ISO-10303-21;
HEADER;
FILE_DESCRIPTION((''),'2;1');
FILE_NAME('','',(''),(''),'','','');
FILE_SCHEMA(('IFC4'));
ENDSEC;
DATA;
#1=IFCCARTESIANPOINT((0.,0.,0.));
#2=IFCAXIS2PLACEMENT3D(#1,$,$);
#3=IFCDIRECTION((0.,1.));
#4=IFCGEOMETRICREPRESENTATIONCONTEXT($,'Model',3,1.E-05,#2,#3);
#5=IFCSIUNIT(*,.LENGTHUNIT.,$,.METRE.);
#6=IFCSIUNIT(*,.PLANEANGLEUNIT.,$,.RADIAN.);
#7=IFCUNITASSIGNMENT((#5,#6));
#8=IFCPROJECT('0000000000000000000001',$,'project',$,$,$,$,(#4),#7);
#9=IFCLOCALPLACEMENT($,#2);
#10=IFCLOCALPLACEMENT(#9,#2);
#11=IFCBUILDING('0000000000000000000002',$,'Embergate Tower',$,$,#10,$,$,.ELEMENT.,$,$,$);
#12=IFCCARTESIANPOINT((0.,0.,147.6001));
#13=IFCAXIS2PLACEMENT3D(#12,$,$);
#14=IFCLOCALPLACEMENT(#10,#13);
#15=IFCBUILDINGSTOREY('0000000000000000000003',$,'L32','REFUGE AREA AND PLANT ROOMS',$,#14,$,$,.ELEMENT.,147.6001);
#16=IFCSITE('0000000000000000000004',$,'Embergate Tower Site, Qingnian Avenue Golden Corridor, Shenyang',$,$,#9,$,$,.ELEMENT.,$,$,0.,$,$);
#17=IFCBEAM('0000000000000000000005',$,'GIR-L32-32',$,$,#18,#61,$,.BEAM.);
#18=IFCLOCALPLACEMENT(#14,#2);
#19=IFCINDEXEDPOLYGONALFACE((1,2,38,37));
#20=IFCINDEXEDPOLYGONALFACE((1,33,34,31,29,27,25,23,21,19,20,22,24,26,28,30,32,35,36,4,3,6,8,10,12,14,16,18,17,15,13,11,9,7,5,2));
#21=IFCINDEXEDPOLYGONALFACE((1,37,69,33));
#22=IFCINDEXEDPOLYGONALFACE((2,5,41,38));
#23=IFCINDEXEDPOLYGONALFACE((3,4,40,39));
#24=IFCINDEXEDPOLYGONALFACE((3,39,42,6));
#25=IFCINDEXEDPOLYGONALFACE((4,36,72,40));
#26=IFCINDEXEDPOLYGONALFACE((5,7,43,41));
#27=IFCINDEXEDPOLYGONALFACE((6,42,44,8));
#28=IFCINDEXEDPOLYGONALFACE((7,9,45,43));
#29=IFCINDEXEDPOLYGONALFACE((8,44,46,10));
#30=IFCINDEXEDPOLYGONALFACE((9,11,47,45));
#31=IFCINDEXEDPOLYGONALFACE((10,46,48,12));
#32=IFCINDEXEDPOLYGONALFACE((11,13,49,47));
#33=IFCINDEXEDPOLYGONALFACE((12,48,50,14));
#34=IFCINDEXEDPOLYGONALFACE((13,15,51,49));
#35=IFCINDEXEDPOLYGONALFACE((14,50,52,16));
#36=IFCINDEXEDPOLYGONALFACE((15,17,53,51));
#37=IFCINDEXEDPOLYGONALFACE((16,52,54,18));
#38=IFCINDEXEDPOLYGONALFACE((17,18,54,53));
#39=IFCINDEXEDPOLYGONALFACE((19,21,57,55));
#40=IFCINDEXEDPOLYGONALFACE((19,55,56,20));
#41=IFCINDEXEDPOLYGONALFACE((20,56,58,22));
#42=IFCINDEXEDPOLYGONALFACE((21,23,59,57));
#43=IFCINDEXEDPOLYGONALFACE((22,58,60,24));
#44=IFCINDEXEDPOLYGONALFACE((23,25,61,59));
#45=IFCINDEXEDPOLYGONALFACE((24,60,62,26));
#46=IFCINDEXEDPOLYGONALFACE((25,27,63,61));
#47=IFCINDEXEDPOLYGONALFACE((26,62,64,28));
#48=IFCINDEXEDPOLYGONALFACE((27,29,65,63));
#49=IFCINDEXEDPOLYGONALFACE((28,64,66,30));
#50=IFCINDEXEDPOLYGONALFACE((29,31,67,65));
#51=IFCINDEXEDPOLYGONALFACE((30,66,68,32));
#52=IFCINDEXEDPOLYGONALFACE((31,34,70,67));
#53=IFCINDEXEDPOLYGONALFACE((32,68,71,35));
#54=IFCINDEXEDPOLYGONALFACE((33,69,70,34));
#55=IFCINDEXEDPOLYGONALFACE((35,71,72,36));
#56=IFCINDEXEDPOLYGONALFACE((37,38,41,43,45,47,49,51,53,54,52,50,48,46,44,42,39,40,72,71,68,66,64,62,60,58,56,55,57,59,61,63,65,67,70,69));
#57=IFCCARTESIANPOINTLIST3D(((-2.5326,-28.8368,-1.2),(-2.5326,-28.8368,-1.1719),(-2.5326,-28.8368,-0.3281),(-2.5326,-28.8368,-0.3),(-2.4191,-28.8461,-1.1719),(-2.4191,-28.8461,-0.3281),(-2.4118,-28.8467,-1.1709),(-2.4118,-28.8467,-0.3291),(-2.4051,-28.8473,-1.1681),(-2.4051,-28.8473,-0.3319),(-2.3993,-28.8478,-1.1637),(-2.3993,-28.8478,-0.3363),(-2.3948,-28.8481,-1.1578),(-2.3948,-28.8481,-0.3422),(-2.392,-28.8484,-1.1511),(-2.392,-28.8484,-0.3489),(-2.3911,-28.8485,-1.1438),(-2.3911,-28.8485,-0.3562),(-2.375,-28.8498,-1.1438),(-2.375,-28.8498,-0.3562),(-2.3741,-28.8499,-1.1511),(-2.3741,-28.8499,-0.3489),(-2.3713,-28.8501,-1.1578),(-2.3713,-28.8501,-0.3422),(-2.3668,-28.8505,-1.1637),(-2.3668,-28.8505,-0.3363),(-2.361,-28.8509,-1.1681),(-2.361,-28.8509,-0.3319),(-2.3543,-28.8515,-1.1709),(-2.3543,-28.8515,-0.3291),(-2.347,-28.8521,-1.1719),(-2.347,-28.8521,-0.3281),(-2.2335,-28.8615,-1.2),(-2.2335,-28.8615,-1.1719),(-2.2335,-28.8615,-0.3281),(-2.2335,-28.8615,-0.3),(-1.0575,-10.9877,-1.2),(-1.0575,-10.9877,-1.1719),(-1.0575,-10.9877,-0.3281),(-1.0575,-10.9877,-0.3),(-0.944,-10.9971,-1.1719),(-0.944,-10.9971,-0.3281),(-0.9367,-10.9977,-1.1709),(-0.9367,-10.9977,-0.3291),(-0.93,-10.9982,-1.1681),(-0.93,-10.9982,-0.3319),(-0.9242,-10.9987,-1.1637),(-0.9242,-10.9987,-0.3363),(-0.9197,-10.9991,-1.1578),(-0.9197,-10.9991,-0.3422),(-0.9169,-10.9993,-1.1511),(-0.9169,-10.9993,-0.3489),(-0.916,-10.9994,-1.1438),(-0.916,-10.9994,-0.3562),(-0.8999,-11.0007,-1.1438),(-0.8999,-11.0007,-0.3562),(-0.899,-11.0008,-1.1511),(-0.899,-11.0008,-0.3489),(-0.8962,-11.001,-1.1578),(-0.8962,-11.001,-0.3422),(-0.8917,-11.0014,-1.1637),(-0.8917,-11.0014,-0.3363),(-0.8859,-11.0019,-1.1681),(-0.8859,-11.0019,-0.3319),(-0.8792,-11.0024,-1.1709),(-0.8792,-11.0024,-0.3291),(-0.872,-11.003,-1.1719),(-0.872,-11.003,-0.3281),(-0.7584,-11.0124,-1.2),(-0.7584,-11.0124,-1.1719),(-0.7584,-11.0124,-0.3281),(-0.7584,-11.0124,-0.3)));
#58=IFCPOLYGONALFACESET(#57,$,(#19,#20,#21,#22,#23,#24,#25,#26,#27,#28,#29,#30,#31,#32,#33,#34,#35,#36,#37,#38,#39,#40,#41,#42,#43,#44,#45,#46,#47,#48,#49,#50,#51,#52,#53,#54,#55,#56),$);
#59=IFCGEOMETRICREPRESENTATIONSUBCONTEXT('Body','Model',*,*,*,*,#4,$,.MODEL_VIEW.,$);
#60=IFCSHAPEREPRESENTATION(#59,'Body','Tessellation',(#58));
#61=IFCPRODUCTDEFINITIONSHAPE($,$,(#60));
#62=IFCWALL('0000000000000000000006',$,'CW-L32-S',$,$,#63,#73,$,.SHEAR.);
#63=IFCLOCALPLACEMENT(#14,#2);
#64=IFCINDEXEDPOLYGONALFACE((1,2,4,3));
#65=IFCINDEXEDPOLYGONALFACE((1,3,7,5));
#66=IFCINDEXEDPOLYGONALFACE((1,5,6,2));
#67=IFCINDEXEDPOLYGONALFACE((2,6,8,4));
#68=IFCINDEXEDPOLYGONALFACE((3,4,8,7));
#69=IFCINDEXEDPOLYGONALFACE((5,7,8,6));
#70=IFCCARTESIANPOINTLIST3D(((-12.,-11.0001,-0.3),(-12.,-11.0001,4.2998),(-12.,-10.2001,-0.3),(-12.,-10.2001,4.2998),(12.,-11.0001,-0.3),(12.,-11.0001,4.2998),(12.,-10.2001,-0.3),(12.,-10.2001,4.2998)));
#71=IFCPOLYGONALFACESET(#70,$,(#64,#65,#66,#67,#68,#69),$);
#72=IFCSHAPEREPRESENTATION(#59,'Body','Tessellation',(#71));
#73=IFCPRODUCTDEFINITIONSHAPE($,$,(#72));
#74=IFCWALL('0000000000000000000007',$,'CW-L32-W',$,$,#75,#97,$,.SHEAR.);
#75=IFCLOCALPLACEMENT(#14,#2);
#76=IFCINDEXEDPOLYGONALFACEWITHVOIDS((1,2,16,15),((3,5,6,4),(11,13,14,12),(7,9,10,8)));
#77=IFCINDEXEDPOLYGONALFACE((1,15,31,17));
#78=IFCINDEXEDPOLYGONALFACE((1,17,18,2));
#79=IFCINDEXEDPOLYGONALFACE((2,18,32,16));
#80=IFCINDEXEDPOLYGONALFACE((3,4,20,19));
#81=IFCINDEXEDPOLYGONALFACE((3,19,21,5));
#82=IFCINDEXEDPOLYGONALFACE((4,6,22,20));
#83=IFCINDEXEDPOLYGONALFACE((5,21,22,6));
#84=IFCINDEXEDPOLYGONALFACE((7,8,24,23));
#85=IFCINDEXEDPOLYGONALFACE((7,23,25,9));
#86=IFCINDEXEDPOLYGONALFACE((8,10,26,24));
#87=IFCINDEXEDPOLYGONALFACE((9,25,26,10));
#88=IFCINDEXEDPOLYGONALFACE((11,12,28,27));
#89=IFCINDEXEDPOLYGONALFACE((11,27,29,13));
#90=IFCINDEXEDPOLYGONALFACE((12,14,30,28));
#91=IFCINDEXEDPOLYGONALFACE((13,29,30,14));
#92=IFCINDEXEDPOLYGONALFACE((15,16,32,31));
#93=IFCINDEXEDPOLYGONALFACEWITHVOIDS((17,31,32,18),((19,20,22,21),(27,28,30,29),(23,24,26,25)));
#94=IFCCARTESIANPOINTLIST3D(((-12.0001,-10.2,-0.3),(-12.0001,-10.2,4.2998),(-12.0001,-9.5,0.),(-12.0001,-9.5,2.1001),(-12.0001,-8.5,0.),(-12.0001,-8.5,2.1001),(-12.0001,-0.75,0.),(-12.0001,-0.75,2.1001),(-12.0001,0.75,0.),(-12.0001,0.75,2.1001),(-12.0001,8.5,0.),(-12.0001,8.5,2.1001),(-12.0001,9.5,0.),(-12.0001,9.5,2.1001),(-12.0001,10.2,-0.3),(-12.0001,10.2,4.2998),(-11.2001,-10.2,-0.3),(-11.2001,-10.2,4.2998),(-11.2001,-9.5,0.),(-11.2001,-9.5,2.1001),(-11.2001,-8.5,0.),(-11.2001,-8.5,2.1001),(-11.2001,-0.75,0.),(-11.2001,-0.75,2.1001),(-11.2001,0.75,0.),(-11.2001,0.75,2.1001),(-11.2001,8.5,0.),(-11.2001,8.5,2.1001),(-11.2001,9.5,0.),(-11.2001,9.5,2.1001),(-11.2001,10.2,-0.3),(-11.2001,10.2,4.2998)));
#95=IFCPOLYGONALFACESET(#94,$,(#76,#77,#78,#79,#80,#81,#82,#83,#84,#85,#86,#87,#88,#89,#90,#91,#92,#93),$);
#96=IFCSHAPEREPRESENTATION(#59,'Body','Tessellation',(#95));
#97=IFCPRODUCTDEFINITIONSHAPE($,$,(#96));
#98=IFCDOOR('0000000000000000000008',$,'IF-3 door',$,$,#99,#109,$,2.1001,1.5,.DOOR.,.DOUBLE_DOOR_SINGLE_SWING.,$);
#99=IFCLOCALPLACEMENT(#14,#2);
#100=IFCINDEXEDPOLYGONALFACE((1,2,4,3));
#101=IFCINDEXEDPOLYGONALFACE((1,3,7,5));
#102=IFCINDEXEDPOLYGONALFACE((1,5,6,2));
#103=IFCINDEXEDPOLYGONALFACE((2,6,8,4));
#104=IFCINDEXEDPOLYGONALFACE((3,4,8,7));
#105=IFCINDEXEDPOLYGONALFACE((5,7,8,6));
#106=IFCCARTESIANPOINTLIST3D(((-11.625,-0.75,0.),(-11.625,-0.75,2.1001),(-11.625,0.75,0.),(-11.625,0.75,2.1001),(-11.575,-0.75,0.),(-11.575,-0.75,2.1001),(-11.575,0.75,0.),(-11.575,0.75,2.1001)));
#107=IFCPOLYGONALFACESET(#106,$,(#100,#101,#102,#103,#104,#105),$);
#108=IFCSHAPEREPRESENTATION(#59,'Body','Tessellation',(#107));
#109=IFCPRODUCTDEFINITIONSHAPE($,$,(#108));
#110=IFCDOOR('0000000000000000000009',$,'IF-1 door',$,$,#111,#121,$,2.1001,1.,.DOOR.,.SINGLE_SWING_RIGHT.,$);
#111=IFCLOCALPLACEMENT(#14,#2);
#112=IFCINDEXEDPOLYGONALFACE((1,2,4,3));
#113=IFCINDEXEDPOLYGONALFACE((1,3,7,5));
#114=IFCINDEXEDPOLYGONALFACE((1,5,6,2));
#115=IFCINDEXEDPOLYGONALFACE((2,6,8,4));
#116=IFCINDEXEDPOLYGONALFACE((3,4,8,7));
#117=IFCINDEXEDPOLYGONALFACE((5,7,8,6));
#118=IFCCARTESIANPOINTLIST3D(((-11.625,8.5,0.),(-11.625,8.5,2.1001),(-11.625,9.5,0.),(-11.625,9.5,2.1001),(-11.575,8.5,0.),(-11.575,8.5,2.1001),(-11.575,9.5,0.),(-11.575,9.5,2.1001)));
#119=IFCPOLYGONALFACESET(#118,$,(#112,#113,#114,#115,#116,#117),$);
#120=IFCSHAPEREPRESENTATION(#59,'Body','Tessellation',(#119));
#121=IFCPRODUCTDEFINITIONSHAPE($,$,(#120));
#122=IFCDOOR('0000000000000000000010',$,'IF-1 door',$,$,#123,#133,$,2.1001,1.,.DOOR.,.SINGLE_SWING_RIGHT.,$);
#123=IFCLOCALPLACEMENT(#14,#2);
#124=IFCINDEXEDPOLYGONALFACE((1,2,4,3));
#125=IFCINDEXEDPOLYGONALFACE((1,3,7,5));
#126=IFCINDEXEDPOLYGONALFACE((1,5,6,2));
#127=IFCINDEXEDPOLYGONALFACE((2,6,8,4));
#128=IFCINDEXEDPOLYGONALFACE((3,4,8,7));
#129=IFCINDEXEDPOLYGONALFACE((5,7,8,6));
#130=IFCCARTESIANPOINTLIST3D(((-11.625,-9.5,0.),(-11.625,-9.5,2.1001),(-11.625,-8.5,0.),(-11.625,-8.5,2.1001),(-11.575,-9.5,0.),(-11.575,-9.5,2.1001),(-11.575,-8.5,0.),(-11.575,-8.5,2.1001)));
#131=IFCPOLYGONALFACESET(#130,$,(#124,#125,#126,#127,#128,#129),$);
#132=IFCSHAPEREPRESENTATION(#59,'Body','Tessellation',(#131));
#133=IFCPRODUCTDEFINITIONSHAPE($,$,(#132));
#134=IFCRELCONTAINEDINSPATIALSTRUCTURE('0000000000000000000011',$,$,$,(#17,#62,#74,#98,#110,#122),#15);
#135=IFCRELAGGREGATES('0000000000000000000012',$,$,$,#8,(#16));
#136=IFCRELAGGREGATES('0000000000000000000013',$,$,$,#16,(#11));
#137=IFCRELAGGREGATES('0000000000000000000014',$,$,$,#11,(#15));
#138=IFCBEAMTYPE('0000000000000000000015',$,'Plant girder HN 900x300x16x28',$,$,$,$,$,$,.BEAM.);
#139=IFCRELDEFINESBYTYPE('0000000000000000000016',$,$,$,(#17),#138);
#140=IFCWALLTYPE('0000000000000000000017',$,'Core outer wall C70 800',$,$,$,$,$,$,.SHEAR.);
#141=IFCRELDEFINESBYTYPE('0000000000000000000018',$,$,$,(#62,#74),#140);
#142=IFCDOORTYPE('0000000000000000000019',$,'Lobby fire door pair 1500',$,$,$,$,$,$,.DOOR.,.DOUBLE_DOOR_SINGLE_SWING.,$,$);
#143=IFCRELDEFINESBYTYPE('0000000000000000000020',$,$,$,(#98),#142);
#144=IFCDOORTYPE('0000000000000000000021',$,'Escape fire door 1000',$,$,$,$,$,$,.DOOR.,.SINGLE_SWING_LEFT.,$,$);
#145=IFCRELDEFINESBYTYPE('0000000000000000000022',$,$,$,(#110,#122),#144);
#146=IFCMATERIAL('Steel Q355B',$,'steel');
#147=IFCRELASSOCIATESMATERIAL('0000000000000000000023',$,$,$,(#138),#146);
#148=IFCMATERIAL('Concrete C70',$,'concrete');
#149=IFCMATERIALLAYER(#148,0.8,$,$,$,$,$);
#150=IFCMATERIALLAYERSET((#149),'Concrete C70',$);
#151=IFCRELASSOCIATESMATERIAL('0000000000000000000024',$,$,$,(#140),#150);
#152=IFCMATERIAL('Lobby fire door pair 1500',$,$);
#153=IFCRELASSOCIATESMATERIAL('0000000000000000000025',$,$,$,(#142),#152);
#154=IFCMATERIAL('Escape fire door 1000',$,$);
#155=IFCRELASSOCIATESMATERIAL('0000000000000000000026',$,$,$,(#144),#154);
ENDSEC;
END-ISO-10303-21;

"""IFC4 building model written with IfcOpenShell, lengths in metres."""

from ifc_helpers import new_model, si_unit, direction, frame, frame_2d, origin, origin_2d, place, context, subcontext, project, spatial, rectangle, i_section, extrude, source, transform, mapped, material, layer, layer_set, material_profile, profile_set, type_object, element, fill, save


model = new_model("IFC4")

# Units and contexts
model_context = context("Model", 3, precision=1e-05, world=origin(), true_north=direction((0.0, 1.0)))
body_context = subcontext(model_context, "Body", "Model", "MODEL_VIEW")
ifc_project = project(units=[si_unit("LENGTHUNIT", "METRE"), si_unit("PLANEANGLEUNIT", "RADIAN")], contexts=[model_context])

# Site, building, storey
site_placement = place(None, origin())
site = spatial("IfcSite", under=ifc_project, at=site_placement, Name="Embergate Tower Site, Qingnian Avenue Golden Corridor, Shenyang", CompositionType="ELEMENT", RefElevation=0.0)
building_placement = place(site_placement, origin())
building = spatial("IfcBuilding", under=site, at=building_placement, Name="Embergate Tower", CompositionType="ELEMENT")
storey_placement = place(building_placement, frame((0.0, 0.0, 147.6001)))
storey = spatial("IfcBuildingStorey", under=building, at=storey_placement, Name="L32", Description="REFUGE AREA AND PLANT ROOMS", CompositionType="ELEMENT", Elevation=147.6001)

# Shared definitions
ifc_material_1 = material(Name="Concrete C70", Category="concrete")

# Beam
ifc_material_2 = material(Name="Steel Q355B", Category="steel")
ifc_material_profile_1 = material_profile(ifc_material_2, i_section(OverallWidth=0.3, OverallDepth=0.8999, WebThickness=0.0161, FlangeThickness=0.0281, FilletRadius=0.0281, at=origin_2d()), Name="HN 900x300x16x28")
ifc_profile_set_1 = profile_set([ifc_material_profile_1], Name="Steel Q355 grade B")
beam_type_1 = type_object("IfcBeamType", Name="Plant girder HN 900x300x16x28", PredefinedType="BEAM", material=ifc_profile_set_1)
shared_shape_1 = source(origin(), body_context, "Body", "SweptSolid", [
    extrude(i_section(OverallWidth=0.3, OverallDepth=0.8999, WebThickness=0.0161, FlangeThickness=0.0281, FilletRadius=0.0281, at=origin_2d()), origin(), (0.0, 0.0, 1.0), 17.9099),
])
beam_1_placement = place(storey_placement, frame((-2.3831, -28.8491, -0.75), z_axis=(0.082362, 0.996602, 0.0), x_axis=(-0.996602, 0.082362, 0.0)))
element("IfcBeam", 1, at=beam_1_placement, inside=storey, type_object=beam_type_1, Name="GIR-L32-32", PredefinedType="BEAM", context=body_context, shape_type="MappedRepresentation", body=[
    mapped(shared_shape_1, transform((0.0, 0.0, 0.0))),
])

# Wall
ifc_layer_1 = layer(ifc_material_1, 0.8)
ifc_layer_set_1 = layer_set([ifc_layer_1], Name="Concrete C70")
wall_type_1 = type_object("IfcWallType", Name="Core outer wall C70 800", PredefinedType="SHEAR", material=ifc_layer_set_1)
shared_shape_2 = source(origin(), body_context, "Body", "SweptSolid", [
    extrude(rectangle(XDim=24.0, YDim=0.8, at=frame_2d((12.0, 0.0))), origin(), (0.0, 0.0, 1.0), 4.5999),
])
wall_1_placement = place(storey_placement, frame((-12.0, -10.6001, -0.3), z_axis=(0.0, 0.0, 1.0), x_axis=(1.0, 0.0, 0.0)))
element("IfcWall", 2, at=wall_1_placement, inside=storey, type_object=wall_type_1, Name="CW-L32-S", PredefinedType="SHEAR", context=body_context, shape_type="MappedRepresentation", body=[
    mapped(shared_shape_2, transform((0.0, 0.0, 0.0))),
])

# Wall, openings, doors
shared_shape_3 = source(origin(), body_context, "Body", "SweptSolid", [
    extrude(rectangle(XDim=20.3999, YDim=0.8, at=frame_2d((10.2, 0.0))), origin(), (0.0, 0.0, 1.0), 4.5999),
])
wall_2_placement = place(storey_placement, frame((-11.6001, -10.2, -0.3), z_axis=(0.0, 0.0, 1.0), x_axis=(0.0, 1.0, 0.0)))
wall_2 = element("IfcWall", 3, at=wall_2_placement, inside=storey, type_object=wall_type_1, Name="CW-L32-W", PredefinedType="SHEAR", context=body_context, shape_type="MappedRepresentation", body=[
    mapped(shared_shape_3, transform((0.0, 0.0, 0.0))),
])
shared_shape_4 = source(origin(), body_context, "Body", "SweptSolid", [
    extrude(rectangle(XDim=1.0, YDim=2.1001, at=frame_2d((0.5, 1.05))), frame((0.0, 0.4099, 0.0), z_axis=(0.0, -1.0, 0.0), x_axis=(1.0, 0.0, 0.0)), (0.0, 0.0, 1.0), 0.8201),
])
opening_1_placement = place(wall_2_placement, frame((18.7, 0.0, 0.3)))
opening_1 = element("IfcOpeningElement", 4, at=opening_1_placement, cuts=wall_2, PredefinedType="OPENING", context=body_context, shape_type="MappedRepresentation", body=[
    mapped(shared_shape_4, transform((0.0, 0.0, 0.0))),
])
opening_2_placement = place(wall_2_placement, frame((0.7, 0.0, 0.3)))
opening_2 = element("IfcOpeningElement", 5, at=opening_2_placement, cuts=wall_2, PredefinedType="OPENING", context=body_context, shape_type="MappedRepresentation", body=[
    mapped(shared_shape_4, transform((0.0, 0.0, 0.0))),
])
shared_shape_5 = source(origin(), body_context, "Body", "SweptSolid", [
    extrude(rectangle(XDim=1.5, YDim=2.1001, at=frame_2d((0.75, 1.05))), frame((0.0, 0.4099, 0.0), z_axis=(0.0, -1.0, 0.0), x_axis=(1.0, 0.0, 0.0)), (0.0, 0.0, 1.0), 0.8201),
])
opening_3_placement = place(wall_2_placement, frame((9.45, 0.0, 0.3)))
opening_3 = element("IfcOpeningElement", 6, at=opening_3_placement, cuts=wall_2, PredefinedType="OPENING", context=body_context, shape_type="MappedRepresentation", body=[
    mapped(shared_shape_5, transform((0.0, 0.0, 0.0))),
])
ifc_material_3 = material(Name="Lobby fire door pair 1500")
door_type_1 = type_object("IfcDoorType", Name="Lobby fire door pair 1500", OperationType="DOUBLE_DOOR_SINGLE_SWING", PredefinedType="DOOR", material=ifc_material_3)
shared_shape_6 = source(origin(), body_context, "Body", "SweptSolid", [
    extrude(rectangle(XDim=1.5, YDim=2.1001, at=frame_2d((0.75, 1.05))), frame((0.0, 0.0249, 0.0), z_axis=(0.0, -1.0, 0.0), x_axis=(1.0, 0.0, 0.0)), (0.0, 0.0, 1.0), 0.05),
])
door_1_placement = place(opening_3_placement, origin())
door_1 = element("IfcDoor", 7, at=door_1_placement, inside=storey, type_object=door_type_1, Name="IF-3 door", OperationType="DOUBLE_DOOR_SINGLE_SWING", OverallHeight=2.1001, OverallWidth=1.5, PredefinedType="DOOR", context=body_context, shape_type="MappedRepresentation", body=[
    mapped(shared_shape_6, transform((0.0, 0.0, 0.0))),
])
fill(opening_3, door_1)
ifc_material_4 = material(Name="Escape fire door 1000")
door_type_2 = type_object("IfcDoorType", Name="Escape fire door 1000", OperationType="SINGLE_SWING_LEFT", PredefinedType="DOOR", material=ifc_material_4)
shared_shape_7 = source(origin(), body_context, "Body", "SweptSolid", [
    extrude(rectangle(XDim=1.0, YDim=2.1001, at=frame_2d((0.5, 1.05))), frame((0.0, 0.0249, 0.0), z_axis=(0.0, -1.0, 0.0), x_axis=(1.0, 0.0, 0.0)), (0.0, 0.0, 1.0), 0.05),
])
door_2_placement = place(opening_1_placement, origin())
door_2 = element("IfcDoor", 8, at=door_2_placement, inside=storey, type_object=door_type_2, Name="IF-1 door", OperationType="SINGLE_SWING_RIGHT", OverallHeight=2.1001, OverallWidth=1.0, PredefinedType="DOOR", context=body_context, shape_type="MappedRepresentation", body=[
    mapped(shared_shape_7, transform((0.0, 0.0, 0.0))),
])
fill(opening_1, door_2)
door_3_placement = place(opening_2_placement, origin())
door_3 = element("IfcDoor", 9, at=door_3_placement, inside=storey, type_object=door_type_2, Name="IF-1 door", OperationType="SINGLE_SWING_RIGHT", OverallHeight=2.1001, OverallWidth=1.0, PredefinedType="DOOR", context=body_context, shape_type="MappedRepresentation", body=[
    mapped(shared_shape_7, transform((0.0, 0.0, 0.0))),
])
fill(opening_2, door_3)

save(model, "model.ifc")
